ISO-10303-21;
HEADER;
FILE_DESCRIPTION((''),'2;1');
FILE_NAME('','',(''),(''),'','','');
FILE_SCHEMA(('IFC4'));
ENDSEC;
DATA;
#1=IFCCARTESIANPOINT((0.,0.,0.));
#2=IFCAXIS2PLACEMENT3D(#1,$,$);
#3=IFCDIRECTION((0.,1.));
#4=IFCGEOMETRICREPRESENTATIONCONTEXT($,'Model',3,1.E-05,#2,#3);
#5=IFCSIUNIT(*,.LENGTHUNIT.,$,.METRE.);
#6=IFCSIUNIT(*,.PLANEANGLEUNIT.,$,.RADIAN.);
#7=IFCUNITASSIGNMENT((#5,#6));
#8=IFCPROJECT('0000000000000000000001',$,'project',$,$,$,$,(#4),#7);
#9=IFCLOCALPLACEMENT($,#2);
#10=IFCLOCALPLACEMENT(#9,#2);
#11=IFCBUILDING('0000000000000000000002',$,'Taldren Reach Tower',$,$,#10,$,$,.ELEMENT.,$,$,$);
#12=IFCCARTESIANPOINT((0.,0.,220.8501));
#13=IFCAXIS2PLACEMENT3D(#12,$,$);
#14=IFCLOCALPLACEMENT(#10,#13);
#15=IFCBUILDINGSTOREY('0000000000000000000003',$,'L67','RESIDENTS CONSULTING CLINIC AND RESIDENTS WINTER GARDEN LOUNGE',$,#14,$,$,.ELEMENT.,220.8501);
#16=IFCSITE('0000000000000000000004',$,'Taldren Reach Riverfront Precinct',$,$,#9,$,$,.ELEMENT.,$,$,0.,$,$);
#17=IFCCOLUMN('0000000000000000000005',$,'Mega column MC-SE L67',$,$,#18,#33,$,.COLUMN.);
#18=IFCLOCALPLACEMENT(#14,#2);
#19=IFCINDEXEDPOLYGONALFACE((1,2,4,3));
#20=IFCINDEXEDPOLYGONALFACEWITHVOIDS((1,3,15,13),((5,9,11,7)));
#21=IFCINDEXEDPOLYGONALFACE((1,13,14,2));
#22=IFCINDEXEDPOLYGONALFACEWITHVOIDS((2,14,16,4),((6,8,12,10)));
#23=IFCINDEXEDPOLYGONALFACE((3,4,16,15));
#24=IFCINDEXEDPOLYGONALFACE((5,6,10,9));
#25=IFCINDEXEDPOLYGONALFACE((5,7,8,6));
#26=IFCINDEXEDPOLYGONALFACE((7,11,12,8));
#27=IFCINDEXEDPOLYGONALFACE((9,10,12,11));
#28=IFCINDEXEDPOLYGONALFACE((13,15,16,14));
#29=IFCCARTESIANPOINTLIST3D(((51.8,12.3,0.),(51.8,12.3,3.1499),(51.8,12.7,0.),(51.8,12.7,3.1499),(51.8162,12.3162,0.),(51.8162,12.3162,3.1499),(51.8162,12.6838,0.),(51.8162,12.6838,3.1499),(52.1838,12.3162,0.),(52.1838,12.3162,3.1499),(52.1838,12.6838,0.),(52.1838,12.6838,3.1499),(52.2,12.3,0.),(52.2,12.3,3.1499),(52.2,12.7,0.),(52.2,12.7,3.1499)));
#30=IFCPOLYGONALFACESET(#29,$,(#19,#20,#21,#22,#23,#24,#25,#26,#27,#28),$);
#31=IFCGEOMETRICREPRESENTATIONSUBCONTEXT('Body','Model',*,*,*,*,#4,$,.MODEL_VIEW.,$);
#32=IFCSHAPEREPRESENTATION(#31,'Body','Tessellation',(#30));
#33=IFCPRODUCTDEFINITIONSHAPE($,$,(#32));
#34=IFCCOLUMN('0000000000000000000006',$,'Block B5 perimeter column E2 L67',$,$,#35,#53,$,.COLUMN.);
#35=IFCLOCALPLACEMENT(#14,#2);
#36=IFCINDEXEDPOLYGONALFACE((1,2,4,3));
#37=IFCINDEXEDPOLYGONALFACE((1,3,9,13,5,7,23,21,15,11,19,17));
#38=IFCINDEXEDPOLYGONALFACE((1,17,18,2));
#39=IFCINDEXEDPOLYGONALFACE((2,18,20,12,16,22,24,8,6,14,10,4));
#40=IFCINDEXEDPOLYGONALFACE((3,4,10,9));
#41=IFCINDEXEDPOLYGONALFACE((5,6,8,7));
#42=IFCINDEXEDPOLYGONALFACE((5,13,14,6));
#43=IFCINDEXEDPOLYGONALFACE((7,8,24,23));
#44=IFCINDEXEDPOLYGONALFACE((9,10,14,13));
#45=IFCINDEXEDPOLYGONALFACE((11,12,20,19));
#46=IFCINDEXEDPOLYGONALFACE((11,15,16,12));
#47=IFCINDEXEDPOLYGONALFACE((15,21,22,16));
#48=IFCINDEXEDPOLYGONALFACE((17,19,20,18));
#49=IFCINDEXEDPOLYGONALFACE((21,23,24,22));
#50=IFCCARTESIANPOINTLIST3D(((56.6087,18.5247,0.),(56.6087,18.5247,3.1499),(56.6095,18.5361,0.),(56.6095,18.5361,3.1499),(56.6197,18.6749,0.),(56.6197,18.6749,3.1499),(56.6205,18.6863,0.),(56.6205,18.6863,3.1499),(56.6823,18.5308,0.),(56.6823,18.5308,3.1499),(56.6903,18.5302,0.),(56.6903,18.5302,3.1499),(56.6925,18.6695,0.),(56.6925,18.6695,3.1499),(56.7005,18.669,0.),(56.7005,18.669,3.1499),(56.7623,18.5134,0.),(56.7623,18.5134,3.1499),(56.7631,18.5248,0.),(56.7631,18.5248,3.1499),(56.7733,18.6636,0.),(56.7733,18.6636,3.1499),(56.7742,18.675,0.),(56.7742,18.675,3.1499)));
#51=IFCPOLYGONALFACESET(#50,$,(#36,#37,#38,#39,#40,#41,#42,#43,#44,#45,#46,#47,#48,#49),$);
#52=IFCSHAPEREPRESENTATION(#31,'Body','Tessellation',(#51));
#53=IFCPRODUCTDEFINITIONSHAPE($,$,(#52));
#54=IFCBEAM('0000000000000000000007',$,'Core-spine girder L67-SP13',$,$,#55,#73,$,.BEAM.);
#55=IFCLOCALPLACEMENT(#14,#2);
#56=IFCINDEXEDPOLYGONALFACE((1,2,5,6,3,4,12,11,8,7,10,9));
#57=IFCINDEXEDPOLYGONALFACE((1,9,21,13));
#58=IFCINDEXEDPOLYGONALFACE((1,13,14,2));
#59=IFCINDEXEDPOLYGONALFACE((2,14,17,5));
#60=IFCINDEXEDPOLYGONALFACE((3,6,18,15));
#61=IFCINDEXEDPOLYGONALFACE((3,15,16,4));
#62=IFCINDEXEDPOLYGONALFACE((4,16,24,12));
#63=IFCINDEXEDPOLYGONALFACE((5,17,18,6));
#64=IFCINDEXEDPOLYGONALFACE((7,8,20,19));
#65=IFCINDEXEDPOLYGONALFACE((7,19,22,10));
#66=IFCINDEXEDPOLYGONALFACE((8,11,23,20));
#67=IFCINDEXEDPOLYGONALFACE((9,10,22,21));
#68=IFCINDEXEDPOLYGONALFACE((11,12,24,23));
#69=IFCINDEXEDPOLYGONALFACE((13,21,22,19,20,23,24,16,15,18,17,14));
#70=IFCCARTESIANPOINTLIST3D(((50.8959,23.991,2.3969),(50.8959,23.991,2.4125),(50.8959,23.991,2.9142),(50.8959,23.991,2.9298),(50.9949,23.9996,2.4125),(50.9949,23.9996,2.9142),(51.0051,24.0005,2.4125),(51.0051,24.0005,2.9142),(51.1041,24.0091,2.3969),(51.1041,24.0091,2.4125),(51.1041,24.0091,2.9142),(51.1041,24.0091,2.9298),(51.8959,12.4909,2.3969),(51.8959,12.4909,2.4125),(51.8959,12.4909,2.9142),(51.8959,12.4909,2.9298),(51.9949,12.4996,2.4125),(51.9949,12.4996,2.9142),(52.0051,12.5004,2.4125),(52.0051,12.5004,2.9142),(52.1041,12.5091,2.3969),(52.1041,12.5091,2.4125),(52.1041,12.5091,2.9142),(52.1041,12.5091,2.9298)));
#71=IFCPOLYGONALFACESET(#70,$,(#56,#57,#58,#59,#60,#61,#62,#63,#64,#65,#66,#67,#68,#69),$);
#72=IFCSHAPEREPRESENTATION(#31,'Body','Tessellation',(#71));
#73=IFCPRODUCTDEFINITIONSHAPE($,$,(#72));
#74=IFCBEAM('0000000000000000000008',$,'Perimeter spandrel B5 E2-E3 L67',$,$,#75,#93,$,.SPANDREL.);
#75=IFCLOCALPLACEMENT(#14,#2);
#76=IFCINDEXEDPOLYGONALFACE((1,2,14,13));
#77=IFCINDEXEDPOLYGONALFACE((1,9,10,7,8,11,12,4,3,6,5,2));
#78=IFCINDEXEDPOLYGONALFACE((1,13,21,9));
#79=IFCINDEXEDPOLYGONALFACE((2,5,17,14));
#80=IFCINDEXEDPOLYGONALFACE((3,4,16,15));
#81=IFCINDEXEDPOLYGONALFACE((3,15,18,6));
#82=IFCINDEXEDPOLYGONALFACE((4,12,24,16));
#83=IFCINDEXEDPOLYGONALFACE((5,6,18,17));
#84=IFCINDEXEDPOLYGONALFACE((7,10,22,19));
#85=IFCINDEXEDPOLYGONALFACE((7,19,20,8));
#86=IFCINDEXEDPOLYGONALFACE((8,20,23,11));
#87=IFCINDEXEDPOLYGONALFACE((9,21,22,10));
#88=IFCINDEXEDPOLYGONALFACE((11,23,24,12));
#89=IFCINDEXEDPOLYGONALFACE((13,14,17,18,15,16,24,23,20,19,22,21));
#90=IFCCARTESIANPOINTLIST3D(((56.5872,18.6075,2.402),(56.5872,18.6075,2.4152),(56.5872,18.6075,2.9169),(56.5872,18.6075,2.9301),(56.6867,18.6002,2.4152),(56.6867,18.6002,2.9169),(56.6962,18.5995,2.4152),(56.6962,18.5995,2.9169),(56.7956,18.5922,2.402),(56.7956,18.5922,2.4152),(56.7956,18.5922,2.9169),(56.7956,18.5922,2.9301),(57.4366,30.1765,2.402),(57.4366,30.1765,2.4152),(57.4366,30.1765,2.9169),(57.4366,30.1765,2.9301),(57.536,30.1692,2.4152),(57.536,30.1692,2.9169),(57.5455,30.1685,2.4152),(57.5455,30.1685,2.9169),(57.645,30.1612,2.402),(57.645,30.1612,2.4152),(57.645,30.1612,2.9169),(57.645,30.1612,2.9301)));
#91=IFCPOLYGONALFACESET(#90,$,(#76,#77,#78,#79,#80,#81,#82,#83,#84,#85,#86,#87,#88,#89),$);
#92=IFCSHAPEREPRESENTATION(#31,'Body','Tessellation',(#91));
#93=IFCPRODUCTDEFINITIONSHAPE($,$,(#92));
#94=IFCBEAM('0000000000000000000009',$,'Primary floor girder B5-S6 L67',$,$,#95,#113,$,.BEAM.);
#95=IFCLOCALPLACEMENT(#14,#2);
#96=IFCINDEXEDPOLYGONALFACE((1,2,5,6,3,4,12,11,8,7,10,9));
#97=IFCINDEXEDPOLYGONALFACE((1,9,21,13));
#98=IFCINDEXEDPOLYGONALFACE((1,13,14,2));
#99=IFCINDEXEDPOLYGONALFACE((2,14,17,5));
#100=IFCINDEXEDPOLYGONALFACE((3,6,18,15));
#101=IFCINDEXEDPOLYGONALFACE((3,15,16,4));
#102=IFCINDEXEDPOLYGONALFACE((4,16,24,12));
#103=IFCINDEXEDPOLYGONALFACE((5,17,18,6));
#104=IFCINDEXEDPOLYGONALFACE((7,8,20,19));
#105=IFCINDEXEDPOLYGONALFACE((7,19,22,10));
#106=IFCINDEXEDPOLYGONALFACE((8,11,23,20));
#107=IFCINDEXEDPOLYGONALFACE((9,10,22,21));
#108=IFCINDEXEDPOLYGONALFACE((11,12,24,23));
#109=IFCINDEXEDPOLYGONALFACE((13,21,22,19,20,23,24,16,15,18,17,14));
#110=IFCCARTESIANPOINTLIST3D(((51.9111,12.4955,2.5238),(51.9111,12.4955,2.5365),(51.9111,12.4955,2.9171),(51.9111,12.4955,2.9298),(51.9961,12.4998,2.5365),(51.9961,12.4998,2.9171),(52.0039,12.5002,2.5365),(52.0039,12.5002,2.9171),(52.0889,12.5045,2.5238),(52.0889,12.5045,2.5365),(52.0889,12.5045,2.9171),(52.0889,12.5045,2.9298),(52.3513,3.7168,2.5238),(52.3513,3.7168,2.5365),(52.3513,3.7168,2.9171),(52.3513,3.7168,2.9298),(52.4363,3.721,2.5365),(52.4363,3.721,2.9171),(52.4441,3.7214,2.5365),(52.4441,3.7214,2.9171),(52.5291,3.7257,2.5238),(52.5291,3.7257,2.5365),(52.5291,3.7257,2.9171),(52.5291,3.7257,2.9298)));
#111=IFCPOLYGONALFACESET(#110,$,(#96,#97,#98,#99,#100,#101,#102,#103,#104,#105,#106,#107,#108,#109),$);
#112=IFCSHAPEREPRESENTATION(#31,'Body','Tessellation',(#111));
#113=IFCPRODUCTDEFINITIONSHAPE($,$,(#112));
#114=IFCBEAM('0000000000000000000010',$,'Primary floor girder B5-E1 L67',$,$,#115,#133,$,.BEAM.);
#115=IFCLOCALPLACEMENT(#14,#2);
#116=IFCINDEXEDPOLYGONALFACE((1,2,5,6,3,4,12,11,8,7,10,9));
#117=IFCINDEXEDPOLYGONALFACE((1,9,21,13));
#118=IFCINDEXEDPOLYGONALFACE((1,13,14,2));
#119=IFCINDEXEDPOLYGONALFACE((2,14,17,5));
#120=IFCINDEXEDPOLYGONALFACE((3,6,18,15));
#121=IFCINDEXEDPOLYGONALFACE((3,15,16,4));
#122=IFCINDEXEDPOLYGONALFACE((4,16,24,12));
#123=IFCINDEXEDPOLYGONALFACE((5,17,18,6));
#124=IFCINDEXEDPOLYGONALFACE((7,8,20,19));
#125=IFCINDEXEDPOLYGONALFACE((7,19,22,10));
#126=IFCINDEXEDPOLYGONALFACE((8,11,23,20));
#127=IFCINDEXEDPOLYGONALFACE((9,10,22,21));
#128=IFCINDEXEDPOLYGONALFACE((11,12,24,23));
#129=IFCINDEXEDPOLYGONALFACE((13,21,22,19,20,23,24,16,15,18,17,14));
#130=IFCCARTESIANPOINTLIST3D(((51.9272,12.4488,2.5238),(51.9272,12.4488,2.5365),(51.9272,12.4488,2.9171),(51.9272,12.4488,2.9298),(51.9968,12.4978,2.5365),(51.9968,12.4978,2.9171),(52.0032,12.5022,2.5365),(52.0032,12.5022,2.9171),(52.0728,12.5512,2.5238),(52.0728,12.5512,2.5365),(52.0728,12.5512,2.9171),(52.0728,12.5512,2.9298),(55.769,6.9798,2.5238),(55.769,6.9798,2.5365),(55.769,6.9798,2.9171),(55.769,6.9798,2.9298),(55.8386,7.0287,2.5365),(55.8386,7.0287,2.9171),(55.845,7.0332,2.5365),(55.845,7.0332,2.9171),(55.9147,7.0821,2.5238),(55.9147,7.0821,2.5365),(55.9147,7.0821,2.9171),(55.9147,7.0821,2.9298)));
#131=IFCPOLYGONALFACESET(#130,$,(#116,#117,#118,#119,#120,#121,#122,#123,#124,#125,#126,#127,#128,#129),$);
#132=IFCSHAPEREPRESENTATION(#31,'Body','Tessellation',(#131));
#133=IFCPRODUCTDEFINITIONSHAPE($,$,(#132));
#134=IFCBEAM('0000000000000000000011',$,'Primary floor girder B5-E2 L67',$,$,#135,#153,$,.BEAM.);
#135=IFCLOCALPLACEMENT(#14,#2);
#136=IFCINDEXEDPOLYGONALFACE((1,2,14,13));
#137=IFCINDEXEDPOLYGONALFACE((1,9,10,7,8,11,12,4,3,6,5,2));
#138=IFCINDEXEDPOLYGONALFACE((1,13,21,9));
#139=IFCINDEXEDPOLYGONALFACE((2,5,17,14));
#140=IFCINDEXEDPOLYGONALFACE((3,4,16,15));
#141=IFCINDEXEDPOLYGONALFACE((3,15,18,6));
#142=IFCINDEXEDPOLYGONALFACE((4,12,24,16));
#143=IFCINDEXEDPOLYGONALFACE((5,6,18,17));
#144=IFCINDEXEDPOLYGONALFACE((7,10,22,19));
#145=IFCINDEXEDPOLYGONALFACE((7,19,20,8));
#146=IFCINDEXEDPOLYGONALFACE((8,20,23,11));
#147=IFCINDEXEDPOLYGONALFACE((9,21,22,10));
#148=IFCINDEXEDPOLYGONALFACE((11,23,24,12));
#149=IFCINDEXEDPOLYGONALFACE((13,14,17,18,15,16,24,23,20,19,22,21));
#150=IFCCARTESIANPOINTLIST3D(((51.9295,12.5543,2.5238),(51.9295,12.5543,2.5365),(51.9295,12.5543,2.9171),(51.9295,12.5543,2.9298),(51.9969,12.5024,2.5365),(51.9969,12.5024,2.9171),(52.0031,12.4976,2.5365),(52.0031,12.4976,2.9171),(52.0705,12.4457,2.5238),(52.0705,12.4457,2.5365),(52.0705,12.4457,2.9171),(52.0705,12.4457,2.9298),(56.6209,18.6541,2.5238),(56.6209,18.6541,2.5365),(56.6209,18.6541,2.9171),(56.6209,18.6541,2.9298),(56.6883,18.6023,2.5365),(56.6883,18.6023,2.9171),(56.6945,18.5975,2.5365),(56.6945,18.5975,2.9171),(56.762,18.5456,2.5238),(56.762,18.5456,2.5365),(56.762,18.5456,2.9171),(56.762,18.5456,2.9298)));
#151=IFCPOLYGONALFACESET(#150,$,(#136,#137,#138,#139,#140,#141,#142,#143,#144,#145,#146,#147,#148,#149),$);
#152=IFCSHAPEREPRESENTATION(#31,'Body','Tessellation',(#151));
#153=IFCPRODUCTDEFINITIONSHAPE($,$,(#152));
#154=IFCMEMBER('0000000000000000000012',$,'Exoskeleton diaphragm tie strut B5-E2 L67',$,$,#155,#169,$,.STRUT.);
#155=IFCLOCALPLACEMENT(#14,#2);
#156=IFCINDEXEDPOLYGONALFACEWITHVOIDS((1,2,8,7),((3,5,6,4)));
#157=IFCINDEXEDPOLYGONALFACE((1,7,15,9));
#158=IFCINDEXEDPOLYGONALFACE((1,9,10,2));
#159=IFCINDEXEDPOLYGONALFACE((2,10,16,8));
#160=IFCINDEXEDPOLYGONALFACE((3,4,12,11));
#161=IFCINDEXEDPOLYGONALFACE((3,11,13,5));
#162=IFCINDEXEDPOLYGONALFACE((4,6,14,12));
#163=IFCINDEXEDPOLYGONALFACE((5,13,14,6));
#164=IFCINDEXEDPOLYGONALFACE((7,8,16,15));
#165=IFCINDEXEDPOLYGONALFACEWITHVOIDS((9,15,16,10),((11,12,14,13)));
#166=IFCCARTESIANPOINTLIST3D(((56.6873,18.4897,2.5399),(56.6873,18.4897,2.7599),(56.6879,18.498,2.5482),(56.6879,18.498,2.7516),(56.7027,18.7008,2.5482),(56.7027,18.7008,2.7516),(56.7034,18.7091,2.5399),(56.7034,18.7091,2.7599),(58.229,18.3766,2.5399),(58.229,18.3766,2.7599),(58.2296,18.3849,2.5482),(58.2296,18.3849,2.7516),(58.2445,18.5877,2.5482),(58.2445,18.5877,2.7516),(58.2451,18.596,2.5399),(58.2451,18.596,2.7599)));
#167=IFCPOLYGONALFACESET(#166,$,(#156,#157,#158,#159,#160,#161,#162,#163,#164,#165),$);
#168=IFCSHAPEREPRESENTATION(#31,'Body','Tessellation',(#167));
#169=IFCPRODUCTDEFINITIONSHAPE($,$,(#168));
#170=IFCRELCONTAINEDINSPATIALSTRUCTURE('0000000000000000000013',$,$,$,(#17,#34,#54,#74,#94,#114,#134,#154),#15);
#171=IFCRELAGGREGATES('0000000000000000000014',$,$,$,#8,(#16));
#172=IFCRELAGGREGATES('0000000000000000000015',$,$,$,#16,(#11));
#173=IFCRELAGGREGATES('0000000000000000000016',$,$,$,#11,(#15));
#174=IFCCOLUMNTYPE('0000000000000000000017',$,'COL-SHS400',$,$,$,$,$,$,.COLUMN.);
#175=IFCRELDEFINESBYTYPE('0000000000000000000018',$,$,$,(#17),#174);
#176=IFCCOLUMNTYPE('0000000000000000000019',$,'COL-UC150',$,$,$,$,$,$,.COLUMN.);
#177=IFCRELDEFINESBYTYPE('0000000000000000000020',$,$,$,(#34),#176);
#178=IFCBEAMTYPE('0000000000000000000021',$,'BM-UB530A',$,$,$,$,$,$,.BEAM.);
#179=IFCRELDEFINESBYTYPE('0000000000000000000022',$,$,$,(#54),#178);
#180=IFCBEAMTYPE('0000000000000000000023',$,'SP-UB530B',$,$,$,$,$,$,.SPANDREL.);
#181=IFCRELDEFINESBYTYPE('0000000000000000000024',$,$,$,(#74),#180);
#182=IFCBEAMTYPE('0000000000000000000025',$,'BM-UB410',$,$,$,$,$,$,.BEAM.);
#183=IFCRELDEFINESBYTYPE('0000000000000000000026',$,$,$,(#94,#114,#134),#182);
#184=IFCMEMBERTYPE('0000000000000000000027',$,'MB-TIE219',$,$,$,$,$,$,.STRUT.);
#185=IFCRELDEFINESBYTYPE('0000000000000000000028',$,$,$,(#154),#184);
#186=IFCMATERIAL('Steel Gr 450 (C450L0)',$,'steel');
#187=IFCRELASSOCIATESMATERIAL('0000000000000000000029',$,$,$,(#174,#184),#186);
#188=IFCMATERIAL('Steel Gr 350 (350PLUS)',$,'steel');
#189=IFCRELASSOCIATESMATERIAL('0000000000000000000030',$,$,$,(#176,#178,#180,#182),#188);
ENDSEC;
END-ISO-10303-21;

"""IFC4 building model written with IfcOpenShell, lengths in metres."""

from ifc_helpers import new_model, si_unit, direction, frame, origin, origin_2d, place, context, subcontext, project, spatial, hollow_rectangle, i_section, extrude, source, transform, mapped, material, material_profile, profile_set, type_object, element, save


model = new_model("IFC4")

# Units and contexts
model_context = context("Model", 3, precision=1e-05, world=origin(), true_north=direction((0.0, 1.0)))
body_context = subcontext(model_context, "Body", "Model", "MODEL_VIEW")
ifc_project = project(units=[si_unit("LENGTHUNIT", "METRE"), si_unit("PLANEANGLEUNIT", "RADIAN")], contexts=[model_context])

# Site, building, storey
site_placement = place(None, origin())
site = spatial("IfcSite", under=ifc_project, at=site_placement, Name="Taldren Reach Riverfront Precinct", CompositionType="ELEMENT", RefElevation=0.0)
building_placement = place(site_placement, origin())
building = spatial("IfcBuilding", under=site, at=building_placement, Name="Taldren Reach Tower", CompositionType="ELEMENT")
storey_placement = place(building_placement, frame((0.0, 0.0, 220.8501)))
storey = spatial("IfcBuildingStorey", under=building, at=storey_placement, Name="L67", Description="RESIDENTS CONSULTING CLINIC AND RESIDENTS WINTER GARDEN LOUNGE", CompositionType="ELEMENT", Elevation=220.8501)

# Columns
ifc_material_1 = material(Name="Steel Gr 450 (C450L0)", Category="steel")
ifc_material_profile_1 = material_profile(ifc_material_1, hollow_rectangle(XDim=0.3999, YDim=0.3999, WallThickness=0.0161, at=origin_2d()), Name="400x400x16.0SHS")
ifc_profile_set_1 = profile_set([ifc_material_profile_1], Name="Steel Gr 450 (C450L0)")
column_type_1 = type_object("IfcColumnType", Name="COL-SHS400", PredefinedType="COLUMN", material=ifc_profile_set_1)
shared_shape_1 = source(origin(), body_context, "Body", "SweptSolid", [
    extrude(hollow_rectangle(XDim=0.3999, YDim=0.3999, WallThickness=0.0161, at=origin_2d()), origin(), (0.0, 0.0, 1.0), 3.1499),
])
column_1_placement = place(storey_placement, frame((52.0, 12.5, 0.0), z_axis=(0.0, 0.0, 1.0), x_axis=(1.0, 0.0, 0.0)))
element("IfcColumn", 1, at=column_1_placement, inside=storey, type_object=column_type_1, Name="Mega column MC-SE L67", PredefinedType="COLUMN", context=body_context, shape_type="MappedRepresentation", body=[
    mapped(shared_shape_1, transform((0.0, 0.0, 0.0), scale=1.0)),
])
ifc_material_2 = material(Name="Steel Gr 350 (350PLUS)", Category="steel")
ifc_material_profile_2 = material_profile(ifc_material_2, i_section(OverallWidth=0.1541, OverallDepth=0.1621, WebThickness=0.0081, FlangeThickness=0.0115, at=origin_2d()), Name="150UC37.2")
ifc_profile_set_2 = profile_set([ifc_material_profile_2], Name="Steel Gr 350 (350PLUS)")
column_type_2 = type_object("IfcColumnType", Name="COL-UC150", PredefinedType="COLUMN", material=ifc_profile_set_2)
shared_shape_2 = source(origin(), body_context, "Body", "SweptSolid", [
    extrude(i_section(OverallWidth=0.1541, OverallDepth=0.1621, WebThickness=0.0081, FlangeThickness=0.0115, at=origin_2d()), origin(), (0.0, 0.0, 1.0), 3.1499),
])
column_2_placement = place(storey_placement, frame((56.6914, 18.5999, 0.0), z_axis=(0.0, 0.0, 1.0), x_axis=(0.997314, -0.073238, 0.0)))
element("IfcColumn", 2, at=column_2_placement, inside=storey, type_object=column_type_2, Name="Block B5 perimeter column E2 L67", PredefinedType="COLUMN", context=body_context, shape_type="MappedRepresentation", body=[
    mapped(shared_shape_2, transform((0.0, 0.0, 0.0), scale=1.0)),
])

# Beams
ifc_material_profile_3 = material_profile(ifc_material_2, i_section(OverallWidth=0.209, OverallDepth=0.533, WebThickness=0.0103, FlangeThickness=0.0156, at=origin_2d()), Name="530UB92.4")
ifc_profile_set_3 = profile_set([ifc_material_profile_3], Name="Steel Gr 350 (350PLUS)")
beam_type_1 = type_object("IfcBeamType", Name="BM-UB530A", PredefinedType="BEAM", material=ifc_profile_set_3)
shared_shape_3 = source(origin(), body_context, "Body", "SweptSolid", [
    extrude(i_section(OverallWidth=0.209, OverallDepth=0.533, WebThickness=0.0103, FlangeThickness=0.0156, at=origin_2d()), origin(), (0.0, 0.0, 1.0), 11.5435),
])
beam_1_placement = place(storey_placement, frame((52.0, 12.5, 2.6633), z_axis=(-0.08663, 0.996241, 0.0), x_axis=(-0.996241, -0.08663, 0.0)))
element("IfcBeam", 3, at=beam_1_placement, inside=storey, type_object=beam_type_1, Name="Core-spine girder L67-SP13", PredefinedType="BEAM", context=body_context, shape_type="MappedRepresentation", body=[
    mapped(shared_shape_3, transform((0.0, 0.0, 0.0), scale=1.0)),
])
ifc_material_profile_4 = material_profile(ifc_material_2, i_section(OverallWidth=0.209, OverallDepth=0.5281, WebThickness=0.0095, FlangeThickness=0.0132, at=origin_2d()), Name="530UB82.0")
ifc_profile_set_4 = profile_set([ifc_material_profile_4], Name="Steel Gr 350 (350PLUS)")
beam_type_2 = type_object("IfcBeamType", Name="SP-UB530B", PredefinedType="SPANDREL", material=ifc_profile_set_4)
shared_shape_4 = source(origin(), body_context, "Body", "SweptSolid", [
    extrude(i_section(OverallWidth=0.209, OverallDepth=0.5281, WebThickness=0.0095, FlangeThickness=0.0132, at=origin_2d()), origin(), (0.0, 0.0, 1.0), 11.6001),
])
beam_2_placement = place(storey_placement, frame((56.6914, 18.5999, 2.666), z_axis=(0.073221, 0.997316, 0.0), x_axis=(-0.997316, 0.073221, 0.0)))
element("IfcBeam", 4, at=beam_2_placement, inside=storey, type_object=beam_type_2, Name="Perimeter spandrel B5 E2-E3 L67", PredefinedType="SPANDREL", context=body_context, shape_type="MappedRepresentation", body=[
    mapped(shared_shape_4, transform((0.0, 0.0, 0.0), scale=1.0)),
])
ifc_material_profile_5 = material_profile(ifc_material_2, i_section(OverallWidth=0.178, OverallDepth=0.406, WebThickness=0.0078, FlangeThickness=0.0127, at=origin_2d()), Name="410UB59.7")
ifc_profile_set_5 = profile_set([ifc_material_profile_5], Name="Steel Gr 350 (350PLUS)")
beam_type_3 = type_object("IfcBeamType", Name="BM-UB410", PredefinedType="BEAM", material=ifc_profile_set_5)
shared_shape_5 = source(origin(), body_context, "Body", "SweptSolid", [
    extrude(i_section(OverallWidth=0.178, OverallDepth=0.406, WebThickness=0.0078, FlangeThickness=0.0127, at=origin_2d()), origin(), (0.0, 0.0, 1.0), 8.7898),
])
beam_3_placement = place(storey_placement, frame((52.0, 12.5, 2.7268), z_axis=(0.050079, -0.998745, 0.0), x_axis=(0.998745, 0.050079, 0.0)))
element("IfcBeam", 5, at=beam_3_placement, inside=storey, type_object=beam_type_3, Name="Primary floor girder B5-S6 L67", PredefinedType="BEAM", context=body_context, shape_type="MappedRepresentation", body=[
    mapped(shared_shape_5, transform((0.0, 0.0, 0.0), scale=1.0)),
])
shared_shape_6 = source(origin(), body_context, "Body", "SweptSolid", [
    extrude(i_section(OverallWidth=0.178, OverallDepth=0.406, WebThickness=0.0078, FlangeThickness=0.0127, at=origin_2d()), origin(), (0.0, 0.0, 1.0), 6.6836),
])
beam_4_placement = place(storey_placement, frame((52.0, 12.5, 2.7268), z_axis=(0.574817, -0.818282, 0.0), x_axis=(0.818282, 0.574817, 0.0)))
element("IfcBeam", 6, at=beam_4_placement, inside=storey, type_object=beam_type_3, Name="Primary floor girder B5-E1 L67", PredefinedType="BEAM", context=body_context, shape_type="MappedRepresentation", body=[
    mapped(shared_shape_6, transform((0.0, 0.0, 0.0), scale=1.0)),
])
shared_shape_7 = source(origin(), body_context, "Body", "SweptSolid", [
    extrude(i_section(OverallWidth=0.178, OverallDepth=0.406, WebThickness=0.0078, FlangeThickness=0.0127, at=origin_2d()), origin(), (0.0, 0.0, 1.0), 7.6953),
])
beam_5_placement = place(storey_placement, frame((52.0, 12.5, 2.7268), z_axis=(0.609646, 0.792674, 0.0), x_axis=(-0.792674, 0.609646, 0.0)))
element("IfcBeam", 7, at=beam_5_placement, inside=storey, type_object=beam_type_3, Name="Primary floor girder B5-E2 L67", PredefinedType="BEAM", context=body_context, shape_type="MappedRepresentation", body=[
    mapped(shared_shape_7, transform((0.0, 0.0, 0.0), scale=1.0)),
])

# Member
ifc_material_profile_6 = material_profile(ifc_material_1, hollow_rectangle(XDim=0.22, YDim=0.22, WallThickness=0.0083, at=origin_2d()), Name="220x220x8.2SHS")
ifc_profile_set_6 = profile_set([ifc_material_profile_6], Name="Steel Gr 450 (C450L0)")
member_type_1 = type_object("IfcMemberType", Name="MB-TIE219", PredefinedType="STRUT", material=ifc_profile_set_6)
shared_shape_8 = source(origin(), body_context, "Body", "SweptSolid", [
    extrude(hollow_rectangle(XDim=0.22, YDim=0.22, WallThickness=0.0083, at=origin_2d()), origin(), (0.0, 0.0, 1.0), 1.5459),
])
member_1_placement = place(storey_placement, frame((56.6953, 18.5994, 2.6499), z_axis=(0.997323, -0.073121, 0.0), x_axis=(0.073121, 0.997323, 0.0)))
element("IfcMember", 8, at=member_1_placement, inside=storey, type_object=member_type_1, Name="Exoskeleton diaphragm tie strut B5-E2 L67", PredefinedType="STRUT", context=body_context, shape_type="MappedRepresentation", body=[
    mapped(shared_shape_8, transform((0.0, 0.0, 0.0), scale=1.0)),
])

save(model, "model.ifc")
